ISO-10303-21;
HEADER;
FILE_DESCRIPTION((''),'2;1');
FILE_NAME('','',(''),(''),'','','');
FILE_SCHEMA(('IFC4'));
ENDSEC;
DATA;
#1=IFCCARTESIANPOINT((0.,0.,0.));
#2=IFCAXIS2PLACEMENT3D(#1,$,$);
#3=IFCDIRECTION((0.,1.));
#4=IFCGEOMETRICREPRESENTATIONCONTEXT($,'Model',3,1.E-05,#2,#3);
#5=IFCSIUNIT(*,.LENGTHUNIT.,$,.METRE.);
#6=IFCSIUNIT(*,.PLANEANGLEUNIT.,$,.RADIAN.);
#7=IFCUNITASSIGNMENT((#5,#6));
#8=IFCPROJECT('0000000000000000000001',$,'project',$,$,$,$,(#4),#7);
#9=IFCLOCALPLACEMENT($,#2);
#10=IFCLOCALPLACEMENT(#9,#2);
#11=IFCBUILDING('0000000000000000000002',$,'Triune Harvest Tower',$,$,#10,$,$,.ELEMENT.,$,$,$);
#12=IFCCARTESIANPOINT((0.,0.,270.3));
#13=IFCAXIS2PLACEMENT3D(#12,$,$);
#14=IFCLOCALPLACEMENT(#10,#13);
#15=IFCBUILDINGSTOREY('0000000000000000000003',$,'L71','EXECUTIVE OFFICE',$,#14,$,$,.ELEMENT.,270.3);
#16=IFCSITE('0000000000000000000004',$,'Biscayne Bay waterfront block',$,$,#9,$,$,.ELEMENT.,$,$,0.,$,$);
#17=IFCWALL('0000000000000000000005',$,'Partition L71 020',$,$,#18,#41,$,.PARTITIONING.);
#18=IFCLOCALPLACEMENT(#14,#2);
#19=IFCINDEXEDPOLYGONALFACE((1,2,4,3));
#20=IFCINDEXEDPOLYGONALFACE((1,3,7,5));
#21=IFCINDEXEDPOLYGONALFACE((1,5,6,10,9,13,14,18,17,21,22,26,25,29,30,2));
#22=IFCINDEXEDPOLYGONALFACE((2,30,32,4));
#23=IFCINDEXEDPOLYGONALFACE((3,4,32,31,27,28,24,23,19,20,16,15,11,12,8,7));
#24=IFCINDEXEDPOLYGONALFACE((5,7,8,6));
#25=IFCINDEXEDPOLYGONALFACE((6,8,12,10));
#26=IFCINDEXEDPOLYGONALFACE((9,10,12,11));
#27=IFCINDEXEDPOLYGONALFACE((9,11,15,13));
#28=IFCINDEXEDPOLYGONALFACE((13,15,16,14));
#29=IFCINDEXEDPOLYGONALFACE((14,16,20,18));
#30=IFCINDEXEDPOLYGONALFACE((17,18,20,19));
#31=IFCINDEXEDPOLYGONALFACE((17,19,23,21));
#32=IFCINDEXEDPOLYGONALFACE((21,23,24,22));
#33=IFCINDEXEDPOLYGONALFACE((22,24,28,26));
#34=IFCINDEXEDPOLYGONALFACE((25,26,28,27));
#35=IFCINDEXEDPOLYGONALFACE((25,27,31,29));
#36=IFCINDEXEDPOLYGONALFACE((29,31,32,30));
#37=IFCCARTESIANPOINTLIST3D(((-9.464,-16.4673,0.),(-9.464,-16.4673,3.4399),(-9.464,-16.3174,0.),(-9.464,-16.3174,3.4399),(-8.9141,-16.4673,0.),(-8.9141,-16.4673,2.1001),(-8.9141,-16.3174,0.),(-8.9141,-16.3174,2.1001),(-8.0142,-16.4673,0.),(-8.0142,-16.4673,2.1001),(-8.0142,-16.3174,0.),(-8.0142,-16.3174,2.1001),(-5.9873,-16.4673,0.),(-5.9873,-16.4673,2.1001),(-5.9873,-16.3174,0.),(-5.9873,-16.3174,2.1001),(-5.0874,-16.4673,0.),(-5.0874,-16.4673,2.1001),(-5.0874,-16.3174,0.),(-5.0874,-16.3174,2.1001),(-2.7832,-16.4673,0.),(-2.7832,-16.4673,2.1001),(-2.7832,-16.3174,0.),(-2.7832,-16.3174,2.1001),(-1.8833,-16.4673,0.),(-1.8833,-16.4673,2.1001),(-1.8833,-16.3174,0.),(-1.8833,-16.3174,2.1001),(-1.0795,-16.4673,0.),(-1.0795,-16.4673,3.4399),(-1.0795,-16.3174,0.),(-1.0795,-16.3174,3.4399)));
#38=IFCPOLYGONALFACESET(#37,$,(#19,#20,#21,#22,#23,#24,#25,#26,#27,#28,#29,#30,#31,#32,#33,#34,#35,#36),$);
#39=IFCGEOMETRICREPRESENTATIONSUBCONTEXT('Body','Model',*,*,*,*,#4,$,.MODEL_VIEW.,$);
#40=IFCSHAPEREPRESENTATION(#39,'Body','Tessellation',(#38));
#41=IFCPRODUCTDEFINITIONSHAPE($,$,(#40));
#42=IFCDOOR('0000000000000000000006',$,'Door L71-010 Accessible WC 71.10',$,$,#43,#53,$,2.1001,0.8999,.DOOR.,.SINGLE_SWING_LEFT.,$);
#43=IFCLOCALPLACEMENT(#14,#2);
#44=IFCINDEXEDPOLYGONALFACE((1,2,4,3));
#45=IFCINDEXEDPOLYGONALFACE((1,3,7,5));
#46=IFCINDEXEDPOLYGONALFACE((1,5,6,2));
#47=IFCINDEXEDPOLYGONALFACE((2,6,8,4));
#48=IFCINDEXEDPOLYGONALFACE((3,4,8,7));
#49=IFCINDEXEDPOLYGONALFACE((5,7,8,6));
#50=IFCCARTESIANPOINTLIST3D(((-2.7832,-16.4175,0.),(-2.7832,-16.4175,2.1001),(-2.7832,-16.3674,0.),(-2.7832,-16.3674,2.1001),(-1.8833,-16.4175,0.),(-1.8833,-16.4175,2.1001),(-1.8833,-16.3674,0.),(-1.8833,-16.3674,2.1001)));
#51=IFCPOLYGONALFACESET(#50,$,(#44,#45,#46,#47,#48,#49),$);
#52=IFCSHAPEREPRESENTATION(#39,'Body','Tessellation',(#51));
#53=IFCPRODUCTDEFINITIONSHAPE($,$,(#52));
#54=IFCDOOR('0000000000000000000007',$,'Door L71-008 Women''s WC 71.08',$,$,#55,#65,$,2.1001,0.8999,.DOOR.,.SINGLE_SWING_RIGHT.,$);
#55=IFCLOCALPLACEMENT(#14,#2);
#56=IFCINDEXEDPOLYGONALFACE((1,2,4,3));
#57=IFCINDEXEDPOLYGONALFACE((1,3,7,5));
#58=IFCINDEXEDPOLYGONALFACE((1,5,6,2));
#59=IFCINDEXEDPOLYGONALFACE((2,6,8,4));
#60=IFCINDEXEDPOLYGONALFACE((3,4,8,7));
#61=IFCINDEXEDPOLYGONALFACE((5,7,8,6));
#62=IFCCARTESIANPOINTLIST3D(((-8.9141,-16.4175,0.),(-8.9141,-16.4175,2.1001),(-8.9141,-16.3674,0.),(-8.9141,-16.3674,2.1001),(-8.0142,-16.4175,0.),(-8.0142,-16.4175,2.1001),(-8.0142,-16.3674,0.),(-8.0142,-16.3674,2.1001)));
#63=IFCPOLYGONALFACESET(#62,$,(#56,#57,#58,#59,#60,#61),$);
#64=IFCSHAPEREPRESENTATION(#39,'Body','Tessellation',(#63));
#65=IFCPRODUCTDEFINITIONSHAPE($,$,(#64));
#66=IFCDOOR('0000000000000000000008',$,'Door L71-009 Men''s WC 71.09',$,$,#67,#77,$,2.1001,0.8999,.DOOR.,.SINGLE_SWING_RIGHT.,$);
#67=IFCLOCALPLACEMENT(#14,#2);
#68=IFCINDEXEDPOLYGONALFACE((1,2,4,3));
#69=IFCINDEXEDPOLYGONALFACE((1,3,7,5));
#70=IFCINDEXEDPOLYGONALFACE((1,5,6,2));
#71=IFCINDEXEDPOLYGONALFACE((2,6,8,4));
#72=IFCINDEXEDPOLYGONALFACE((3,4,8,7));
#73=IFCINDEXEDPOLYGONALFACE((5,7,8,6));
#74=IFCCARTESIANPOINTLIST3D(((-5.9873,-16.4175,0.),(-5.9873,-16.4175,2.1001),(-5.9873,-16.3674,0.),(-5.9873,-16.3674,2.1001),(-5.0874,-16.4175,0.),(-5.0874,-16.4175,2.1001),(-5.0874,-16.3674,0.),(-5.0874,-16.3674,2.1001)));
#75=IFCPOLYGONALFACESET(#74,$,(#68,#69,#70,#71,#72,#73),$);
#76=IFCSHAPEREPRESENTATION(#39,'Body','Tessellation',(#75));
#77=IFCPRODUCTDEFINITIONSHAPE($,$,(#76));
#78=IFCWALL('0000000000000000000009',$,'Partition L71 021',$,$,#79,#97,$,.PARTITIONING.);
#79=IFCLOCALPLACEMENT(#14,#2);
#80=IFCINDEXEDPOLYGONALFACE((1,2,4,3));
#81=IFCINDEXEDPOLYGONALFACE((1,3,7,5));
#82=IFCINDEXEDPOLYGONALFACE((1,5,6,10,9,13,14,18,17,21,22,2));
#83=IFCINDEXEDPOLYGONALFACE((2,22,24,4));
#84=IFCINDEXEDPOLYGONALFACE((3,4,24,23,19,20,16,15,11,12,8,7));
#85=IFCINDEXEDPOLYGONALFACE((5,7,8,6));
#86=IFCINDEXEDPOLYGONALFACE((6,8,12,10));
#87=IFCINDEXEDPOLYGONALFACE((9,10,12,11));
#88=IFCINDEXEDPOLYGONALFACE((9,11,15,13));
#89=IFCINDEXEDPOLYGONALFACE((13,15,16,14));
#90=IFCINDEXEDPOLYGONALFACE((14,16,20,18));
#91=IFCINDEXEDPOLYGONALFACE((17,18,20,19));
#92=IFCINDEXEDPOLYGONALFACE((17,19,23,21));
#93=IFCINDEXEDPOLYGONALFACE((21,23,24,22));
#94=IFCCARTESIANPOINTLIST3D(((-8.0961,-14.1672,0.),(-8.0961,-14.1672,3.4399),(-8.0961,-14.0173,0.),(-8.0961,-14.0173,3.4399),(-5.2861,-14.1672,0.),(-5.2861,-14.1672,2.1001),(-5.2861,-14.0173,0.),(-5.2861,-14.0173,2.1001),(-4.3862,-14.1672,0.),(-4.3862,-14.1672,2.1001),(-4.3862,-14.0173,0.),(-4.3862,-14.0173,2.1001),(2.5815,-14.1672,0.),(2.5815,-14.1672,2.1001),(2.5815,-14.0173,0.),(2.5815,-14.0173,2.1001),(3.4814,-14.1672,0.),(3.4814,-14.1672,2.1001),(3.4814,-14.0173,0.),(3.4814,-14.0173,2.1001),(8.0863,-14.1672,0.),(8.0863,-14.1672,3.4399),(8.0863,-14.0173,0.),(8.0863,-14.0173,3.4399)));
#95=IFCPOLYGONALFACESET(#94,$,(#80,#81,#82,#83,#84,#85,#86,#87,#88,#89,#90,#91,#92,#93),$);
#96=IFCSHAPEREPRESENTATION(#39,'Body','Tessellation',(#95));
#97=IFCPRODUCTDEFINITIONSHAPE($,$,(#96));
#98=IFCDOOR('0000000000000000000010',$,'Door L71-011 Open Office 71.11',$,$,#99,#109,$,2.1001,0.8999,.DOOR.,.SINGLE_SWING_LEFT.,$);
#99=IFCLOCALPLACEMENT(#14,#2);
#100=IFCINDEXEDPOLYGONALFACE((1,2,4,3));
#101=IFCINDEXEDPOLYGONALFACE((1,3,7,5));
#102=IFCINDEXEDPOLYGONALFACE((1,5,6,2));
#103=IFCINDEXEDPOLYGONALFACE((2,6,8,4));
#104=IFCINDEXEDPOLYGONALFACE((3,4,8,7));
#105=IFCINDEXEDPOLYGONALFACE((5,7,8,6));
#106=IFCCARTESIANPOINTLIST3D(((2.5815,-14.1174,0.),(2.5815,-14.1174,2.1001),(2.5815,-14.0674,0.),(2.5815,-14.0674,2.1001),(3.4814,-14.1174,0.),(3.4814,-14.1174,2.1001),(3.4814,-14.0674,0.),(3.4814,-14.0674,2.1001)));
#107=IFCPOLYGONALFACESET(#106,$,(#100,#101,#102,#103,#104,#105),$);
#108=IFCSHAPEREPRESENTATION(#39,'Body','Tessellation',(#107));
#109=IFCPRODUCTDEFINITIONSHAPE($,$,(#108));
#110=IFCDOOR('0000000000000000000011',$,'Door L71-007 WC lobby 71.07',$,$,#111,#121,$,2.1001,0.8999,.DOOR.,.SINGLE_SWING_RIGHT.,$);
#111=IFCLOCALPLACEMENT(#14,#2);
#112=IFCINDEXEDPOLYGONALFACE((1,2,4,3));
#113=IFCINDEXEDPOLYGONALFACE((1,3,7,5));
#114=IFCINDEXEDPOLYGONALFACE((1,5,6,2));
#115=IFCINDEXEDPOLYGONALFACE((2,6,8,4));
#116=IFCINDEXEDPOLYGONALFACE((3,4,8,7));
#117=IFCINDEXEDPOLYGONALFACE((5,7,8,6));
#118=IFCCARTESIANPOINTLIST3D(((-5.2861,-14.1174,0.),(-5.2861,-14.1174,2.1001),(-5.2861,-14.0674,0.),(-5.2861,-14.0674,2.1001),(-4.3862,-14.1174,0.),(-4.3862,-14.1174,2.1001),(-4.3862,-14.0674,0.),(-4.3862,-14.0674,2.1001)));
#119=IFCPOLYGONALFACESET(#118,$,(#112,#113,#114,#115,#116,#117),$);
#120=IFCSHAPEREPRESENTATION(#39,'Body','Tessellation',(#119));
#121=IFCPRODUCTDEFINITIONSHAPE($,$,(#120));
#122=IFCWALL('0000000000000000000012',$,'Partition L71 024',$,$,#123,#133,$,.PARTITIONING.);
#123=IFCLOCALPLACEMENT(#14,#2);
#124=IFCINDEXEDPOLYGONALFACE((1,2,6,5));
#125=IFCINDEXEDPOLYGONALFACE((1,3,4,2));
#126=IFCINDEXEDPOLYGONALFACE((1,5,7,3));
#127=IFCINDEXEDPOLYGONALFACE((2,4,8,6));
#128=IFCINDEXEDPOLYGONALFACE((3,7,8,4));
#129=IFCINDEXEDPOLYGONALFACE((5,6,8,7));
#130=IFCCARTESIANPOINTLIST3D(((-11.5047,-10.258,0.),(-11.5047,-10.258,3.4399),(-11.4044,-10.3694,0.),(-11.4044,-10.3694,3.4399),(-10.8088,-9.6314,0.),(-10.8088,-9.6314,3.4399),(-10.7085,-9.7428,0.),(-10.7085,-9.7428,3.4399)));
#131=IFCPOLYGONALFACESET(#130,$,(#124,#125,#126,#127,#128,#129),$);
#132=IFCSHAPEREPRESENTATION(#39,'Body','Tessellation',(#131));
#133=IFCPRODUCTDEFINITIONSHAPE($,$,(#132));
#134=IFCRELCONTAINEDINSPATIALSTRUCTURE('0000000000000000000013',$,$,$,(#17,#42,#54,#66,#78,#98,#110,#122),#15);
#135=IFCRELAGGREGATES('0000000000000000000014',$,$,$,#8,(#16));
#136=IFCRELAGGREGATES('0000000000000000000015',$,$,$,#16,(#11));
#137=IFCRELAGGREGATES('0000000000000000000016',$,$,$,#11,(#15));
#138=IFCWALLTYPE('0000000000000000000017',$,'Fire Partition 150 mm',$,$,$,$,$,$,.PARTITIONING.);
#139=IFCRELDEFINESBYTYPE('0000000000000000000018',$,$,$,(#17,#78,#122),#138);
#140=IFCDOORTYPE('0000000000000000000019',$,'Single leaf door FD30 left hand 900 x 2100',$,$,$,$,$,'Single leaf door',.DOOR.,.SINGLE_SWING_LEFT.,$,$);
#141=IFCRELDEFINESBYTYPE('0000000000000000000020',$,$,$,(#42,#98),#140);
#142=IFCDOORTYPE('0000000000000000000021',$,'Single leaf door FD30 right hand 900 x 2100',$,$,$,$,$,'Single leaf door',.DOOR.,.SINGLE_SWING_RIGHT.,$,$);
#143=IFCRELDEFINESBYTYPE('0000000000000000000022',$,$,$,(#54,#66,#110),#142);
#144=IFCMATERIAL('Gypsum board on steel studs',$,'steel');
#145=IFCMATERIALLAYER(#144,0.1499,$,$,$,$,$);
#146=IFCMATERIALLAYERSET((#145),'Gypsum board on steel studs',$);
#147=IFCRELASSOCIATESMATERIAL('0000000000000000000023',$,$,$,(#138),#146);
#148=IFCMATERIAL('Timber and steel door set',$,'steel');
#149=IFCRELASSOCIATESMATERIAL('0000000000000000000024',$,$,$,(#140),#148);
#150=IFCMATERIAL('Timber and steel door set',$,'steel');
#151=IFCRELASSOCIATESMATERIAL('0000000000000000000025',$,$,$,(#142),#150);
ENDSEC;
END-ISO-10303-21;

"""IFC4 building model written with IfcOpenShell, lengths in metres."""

from ifc_helpers import new_model, si_unit, direction, frame, frame_2d, origin, place, context, subcontext, project, spatial, rectangle, extrude, material, layer, layer_set, type_object, element, fill, save


model = new_model("IFC4")

# Units and contexts
model_context = context("Model", 3, precision=1e-05, world=origin(), true_north=direction((0.0, 1.0)))
body_context = subcontext(model_context, "Body", "Model", "MODEL_VIEW")
ifc_project = project(units=[si_unit("LENGTHUNIT", "METRE"), si_unit("PLANEANGLEUNIT", "RADIAN")], contexts=[model_context])

# Site, building, storey
site_placement = place(None, origin())
site = spatial("IfcSite", under=ifc_project, at=site_placement, Name="Biscayne Bay waterfront block", CompositionType="ELEMENT", RefElevation=0.0)
building_placement = place(site_placement, origin())
building = spatial("IfcBuilding", under=site, at=building_placement, Name="Triune Harvest Tower", CompositionType="ELEMENT")
storey_placement = place(building_placement, frame((0.0, 0.0, 270.3)))
storey = spatial("IfcBuildingStorey", under=building, at=storey_placement, Name="L71", Description="EXECUTIVE OFFICE", CompositionType="ELEMENT", Elevation=270.3)

# Shared definitions
ifc_material_1 = material(Name="Gypsum board on steel studs", Category="steel")
ifc_layer_1 = layer(ifc_material_1, 0.1499)
ifc_layer_set_1 = layer_set([ifc_layer_1], Name="Gypsum board on steel studs")
wall_type_1 = type_object("IfcWallType", Name="Fire Partition 150 mm", PredefinedType="PARTITIONING", material=ifc_layer_set_1)

# Walls, openings, doors
wall_1_placement = place(storey_placement, frame((-9.4641, -16.3923, 0.0), z_axis=(0.0, 0.0, 1.0), x_axis=(1.0, 0.0, 0.0)))
wall_1 = element("IfcWall", 1, at=wall_1_placement, inside=storey, type_object=wall_type_1, Name="Partition L71 020", PredefinedType="PARTITIONING", context=body_context, shape_type="SweptSolid", body=[
    extrude(rectangle(XDim=8.3845, YDim=0.1499, at=frame_2d((4.1924, 0.0))), origin(), (0.0, 0.0, 1.0), 3.4399),
])
opening_1_placement = place(wall_1_placement, frame((0.55, 0.0, 0.0)))
opening_1 = element("IfcOpeningElement", 2, at=opening_1_placement, cuts=wall_1, PredefinedType="OPENING", context=body_context, shape_type="SweptSolid", body=[
    extrude(rectangle(XDim=0.8999, YDim=2.1001, at=frame_2d((0.45, 1.05))), frame((0.0, 0.085, 0.0), z_axis=(0.0, -1.0, 0.0), x_axis=(1.0, 0.0, 0.0)), (0.0, 0.0, 1.0), 0.1699),
])
opening_2_placement = place(wall_1_placement, frame((3.4768, 0.0, 0.0)))
opening_2 = element("IfcOpeningElement", 3, at=opening_2_placement, cuts=wall_1, PredefinedType="OPENING", context=body_context, shape_type="SweptSolid", body=[
    extrude(rectangle(XDim=0.8999, YDim=2.1001, at=frame_2d((0.45, 1.05))), frame((0.0, 0.085, 0.0), z_axis=(0.0, -1.0, 0.0), x_axis=(1.0, 0.0, 0.0)), (0.0, 0.0, 1.0), 0.1699),
])
opening_3_placement = place(wall_1_placement, frame((6.6809, 0.0, 0.0)))
opening_3 = element("IfcOpeningElement", 4, at=opening_3_placement, cuts=wall_1, PredefinedType="OPENING", context=body_context, shape_type="SweptSolid", body=[
    extrude(rectangle(XDim=0.8999, YDim=2.1001, at=frame_2d((0.45, 1.05))), frame((0.0, 0.085, 0.0), z_axis=(0.0, -1.0, 0.0), x_axis=(1.0, 0.0, 0.0)), (0.0, 0.0, 1.0), 0.1699),
])
ifc_material_2 = material(Name="Timber and steel door set", Category="steel")
door_type_1 = type_object("IfcDoorType", Name="Single leaf door FD30 left hand 900 x 2100", ElementType="Single leaf door", OperationType="SINGLE_SWING_LEFT", PredefinedType="DOOR", material=ifc_material_2)
door_1_placement = place(opening_3_placement, origin())
door_1 = element("IfcDoor", 5, at=door_1_placement, inside=storey, type_object=door_type_1, Name="Door L71-010 Accessible WC 71.10", OperationType="SINGLE_SWING_LEFT", OverallHeight=2.1001, OverallWidth=0.8999, PredefinedType="DOOR", context=body_context, shape_type="SweptSolid", body=[
    extrude(rectangle(XDim=0.8999, YDim=2.1001, at=frame_2d((0.45, 1.05))), frame((0.0, 0.0249, 0.0), z_axis=(0.0, -1.0, 0.0), x_axis=(1.0, 0.0, 0.0)), (0.0, 0.0, 1.0), 0.05),
])
fill(opening_3, door_1)
ifc_material_3 = material(Name="Timber and steel door set", Category="steel")
door_type_2 = type_object("IfcDoorType", Name="Single leaf door FD30 right hand 900 x 2100", ElementType="Single leaf door", OperationType="SINGLE_SWING_RIGHT", PredefinedType="DOOR", material=ifc_material_3)
door_2_placement = place(opening_1_placement, origin())
door_2 = element("IfcDoor", 6, at=door_2_placement, inside=storey, type_object=door_type_2, Name="Door L71-008 Women's WC 71.08", OperationType="SINGLE_SWING_RIGHT", OverallHeight=2.1001, OverallWidth=0.8999, PredefinedType="DOOR", context=body_context, shape_type="SweptSolid", body=[
    extrude(rectangle(XDim=0.8999, YDim=2.1001, at=frame_2d((0.45, 1.05))), frame((0.0, 0.0249, 0.0), z_axis=(0.0, -1.0, 0.0), x_axis=(1.0, 0.0, 0.0)), (0.0, 0.0, 1.0), 0.05),
])
fill(opening_1, door_2)
door_3_placement = place(opening_2_placement, origin())
door_3 = element("IfcDoor", 7, at=door_3_placement, inside=storey, type_object=door_type_2, Name="Door L71-009 Men's WC 71.09", OperationType="SINGLE_SWING_RIGHT", OverallHeight=2.1001, OverallWidth=0.8999, PredefinedType="DOOR", context=body_context, shape_type="SweptSolid", body=[
    extrude(rectangle(XDim=0.8999, YDim=2.1001, at=frame_2d((0.45, 1.05))), frame((0.0, 0.0249, 0.0), z_axis=(0.0, -1.0, 0.0), x_axis=(1.0, 0.0, 0.0)), (0.0, 0.0, 1.0), 0.05),
])
fill(opening_2, door_3)
wall_2_placement = place(storey_placement, frame((-8.0962, -14.0923, 0.0), z_axis=(0.0, 0.0, 1.0), x_axis=(1.0, 0.0, 0.0)))
wall_2 = element("IfcWall", 8, at=wall_2_placement, inside=storey, type_object=wall_type_1, Name="Partition L71 021", PredefinedType="PARTITIONING", context=body_context, shape_type="SweptSolid", body=[
    extrude(rectangle(XDim=16.1824, YDim=0.1499, at=frame_2d((8.0913, 0.0))), origin(), (0.0, 0.0, 1.0), 3.4399),
])
opening_4_placement = place(wall_2_placement, frame((2.8101, 0.0, 0.0)))
opening_4 = element("IfcOpeningElement", 9, at=opening_4_placement, cuts=wall_2, PredefinedType="OPENING", context=body_context, shape_type="SweptSolid", body=[
    extrude(rectangle(XDim=0.8999, YDim=2.1001, at=frame_2d((0.45, 1.05))), frame((0.0, 0.085, 0.0), z_axis=(0.0, -1.0, 0.0), x_axis=(1.0, 0.0, 0.0)), (0.0, 0.0, 1.0), 0.1699),
])
opening_5_placement = place(wall_2_placement, frame((10.6777, 0.0, 0.0)))
opening_5 = element("IfcOpeningElement", 10, at=opening_5_placement, cuts=wall_2, PredefinedType="OPENING", context=body_context, shape_type="SweptSolid", body=[
    extrude(rectangle(XDim=0.8999, YDim=2.1001, at=frame_2d((0.45, 1.05))), frame((0.0, 0.085, 0.0), z_axis=(0.0, -1.0, 0.0), x_axis=(1.0, 0.0, 0.0)), (0.0, 0.0, 1.0), 0.1699),
])
door_4_placement = place(opening_5_placement, origin())
door_4 = element("IfcDoor", 11, at=door_4_placement, inside=storey, type_object=door_type_1, Name="Door L71-011 Open Office 71.11", OperationType="SINGLE_SWING_LEFT", OverallHeight=2.1001, OverallWidth=0.8999, PredefinedType="DOOR", context=body_context, shape_type="SweptSolid", body=[
    extrude(rectangle(XDim=0.8999, YDim=2.1001, at=frame_2d((0.45, 1.05))), frame((0.0, 0.0249, 0.0), z_axis=(0.0, -1.0, 0.0), x_axis=(1.0, 0.0, 0.0)), (0.0, 0.0, 1.0), 0.05),
])
fill(opening_5, door_4)
door_5_placement = place(opening_4_placement, origin())
door_5 = element("IfcDoor", 12, at=door_5_placement, inside=storey, type_object=door_type_2, Name="Door L71-007 WC lobby 71.07", OperationType="SINGLE_SWING_RIGHT", OverallHeight=2.1001, OverallWidth=0.8999, PredefinedType="DOOR", context=body_context, shape_type="SweptSolid", body=[
    extrude(rectangle(XDim=0.8999, YDim=2.1001, at=frame_2d((0.45, 1.05))), frame((0.0, 0.0249, 0.0), z_axis=(0.0, -1.0, 0.0), x_axis=(1.0, 0.0, 0.0)), (0.0, 0.0, 1.0), 0.05),
])
fill(opening_4, door_5)

# Wall
wall_3_placement = place(storey_placement, frame((-11.4546, -10.3137, 0.0), z_axis=(0.0, 0.0, 1.0), x_axis=(0.743152, 0.669123, 0.0)))
element("IfcWall", 13, at=wall_3_placement, inside=storey, type_object=wall_type_1, Name="Partition L71 024", PredefinedType="PARTITIONING", context=body_context, shape_type="SweptSolid", body=[
    extrude(rectangle(XDim=0.9365, YDim=0.1499, at=frame_2d((0.4683, 0.0))), origin(), (0.0, 0.0, 1.0), 3.4399),
])

save(model, "model.ifc")
